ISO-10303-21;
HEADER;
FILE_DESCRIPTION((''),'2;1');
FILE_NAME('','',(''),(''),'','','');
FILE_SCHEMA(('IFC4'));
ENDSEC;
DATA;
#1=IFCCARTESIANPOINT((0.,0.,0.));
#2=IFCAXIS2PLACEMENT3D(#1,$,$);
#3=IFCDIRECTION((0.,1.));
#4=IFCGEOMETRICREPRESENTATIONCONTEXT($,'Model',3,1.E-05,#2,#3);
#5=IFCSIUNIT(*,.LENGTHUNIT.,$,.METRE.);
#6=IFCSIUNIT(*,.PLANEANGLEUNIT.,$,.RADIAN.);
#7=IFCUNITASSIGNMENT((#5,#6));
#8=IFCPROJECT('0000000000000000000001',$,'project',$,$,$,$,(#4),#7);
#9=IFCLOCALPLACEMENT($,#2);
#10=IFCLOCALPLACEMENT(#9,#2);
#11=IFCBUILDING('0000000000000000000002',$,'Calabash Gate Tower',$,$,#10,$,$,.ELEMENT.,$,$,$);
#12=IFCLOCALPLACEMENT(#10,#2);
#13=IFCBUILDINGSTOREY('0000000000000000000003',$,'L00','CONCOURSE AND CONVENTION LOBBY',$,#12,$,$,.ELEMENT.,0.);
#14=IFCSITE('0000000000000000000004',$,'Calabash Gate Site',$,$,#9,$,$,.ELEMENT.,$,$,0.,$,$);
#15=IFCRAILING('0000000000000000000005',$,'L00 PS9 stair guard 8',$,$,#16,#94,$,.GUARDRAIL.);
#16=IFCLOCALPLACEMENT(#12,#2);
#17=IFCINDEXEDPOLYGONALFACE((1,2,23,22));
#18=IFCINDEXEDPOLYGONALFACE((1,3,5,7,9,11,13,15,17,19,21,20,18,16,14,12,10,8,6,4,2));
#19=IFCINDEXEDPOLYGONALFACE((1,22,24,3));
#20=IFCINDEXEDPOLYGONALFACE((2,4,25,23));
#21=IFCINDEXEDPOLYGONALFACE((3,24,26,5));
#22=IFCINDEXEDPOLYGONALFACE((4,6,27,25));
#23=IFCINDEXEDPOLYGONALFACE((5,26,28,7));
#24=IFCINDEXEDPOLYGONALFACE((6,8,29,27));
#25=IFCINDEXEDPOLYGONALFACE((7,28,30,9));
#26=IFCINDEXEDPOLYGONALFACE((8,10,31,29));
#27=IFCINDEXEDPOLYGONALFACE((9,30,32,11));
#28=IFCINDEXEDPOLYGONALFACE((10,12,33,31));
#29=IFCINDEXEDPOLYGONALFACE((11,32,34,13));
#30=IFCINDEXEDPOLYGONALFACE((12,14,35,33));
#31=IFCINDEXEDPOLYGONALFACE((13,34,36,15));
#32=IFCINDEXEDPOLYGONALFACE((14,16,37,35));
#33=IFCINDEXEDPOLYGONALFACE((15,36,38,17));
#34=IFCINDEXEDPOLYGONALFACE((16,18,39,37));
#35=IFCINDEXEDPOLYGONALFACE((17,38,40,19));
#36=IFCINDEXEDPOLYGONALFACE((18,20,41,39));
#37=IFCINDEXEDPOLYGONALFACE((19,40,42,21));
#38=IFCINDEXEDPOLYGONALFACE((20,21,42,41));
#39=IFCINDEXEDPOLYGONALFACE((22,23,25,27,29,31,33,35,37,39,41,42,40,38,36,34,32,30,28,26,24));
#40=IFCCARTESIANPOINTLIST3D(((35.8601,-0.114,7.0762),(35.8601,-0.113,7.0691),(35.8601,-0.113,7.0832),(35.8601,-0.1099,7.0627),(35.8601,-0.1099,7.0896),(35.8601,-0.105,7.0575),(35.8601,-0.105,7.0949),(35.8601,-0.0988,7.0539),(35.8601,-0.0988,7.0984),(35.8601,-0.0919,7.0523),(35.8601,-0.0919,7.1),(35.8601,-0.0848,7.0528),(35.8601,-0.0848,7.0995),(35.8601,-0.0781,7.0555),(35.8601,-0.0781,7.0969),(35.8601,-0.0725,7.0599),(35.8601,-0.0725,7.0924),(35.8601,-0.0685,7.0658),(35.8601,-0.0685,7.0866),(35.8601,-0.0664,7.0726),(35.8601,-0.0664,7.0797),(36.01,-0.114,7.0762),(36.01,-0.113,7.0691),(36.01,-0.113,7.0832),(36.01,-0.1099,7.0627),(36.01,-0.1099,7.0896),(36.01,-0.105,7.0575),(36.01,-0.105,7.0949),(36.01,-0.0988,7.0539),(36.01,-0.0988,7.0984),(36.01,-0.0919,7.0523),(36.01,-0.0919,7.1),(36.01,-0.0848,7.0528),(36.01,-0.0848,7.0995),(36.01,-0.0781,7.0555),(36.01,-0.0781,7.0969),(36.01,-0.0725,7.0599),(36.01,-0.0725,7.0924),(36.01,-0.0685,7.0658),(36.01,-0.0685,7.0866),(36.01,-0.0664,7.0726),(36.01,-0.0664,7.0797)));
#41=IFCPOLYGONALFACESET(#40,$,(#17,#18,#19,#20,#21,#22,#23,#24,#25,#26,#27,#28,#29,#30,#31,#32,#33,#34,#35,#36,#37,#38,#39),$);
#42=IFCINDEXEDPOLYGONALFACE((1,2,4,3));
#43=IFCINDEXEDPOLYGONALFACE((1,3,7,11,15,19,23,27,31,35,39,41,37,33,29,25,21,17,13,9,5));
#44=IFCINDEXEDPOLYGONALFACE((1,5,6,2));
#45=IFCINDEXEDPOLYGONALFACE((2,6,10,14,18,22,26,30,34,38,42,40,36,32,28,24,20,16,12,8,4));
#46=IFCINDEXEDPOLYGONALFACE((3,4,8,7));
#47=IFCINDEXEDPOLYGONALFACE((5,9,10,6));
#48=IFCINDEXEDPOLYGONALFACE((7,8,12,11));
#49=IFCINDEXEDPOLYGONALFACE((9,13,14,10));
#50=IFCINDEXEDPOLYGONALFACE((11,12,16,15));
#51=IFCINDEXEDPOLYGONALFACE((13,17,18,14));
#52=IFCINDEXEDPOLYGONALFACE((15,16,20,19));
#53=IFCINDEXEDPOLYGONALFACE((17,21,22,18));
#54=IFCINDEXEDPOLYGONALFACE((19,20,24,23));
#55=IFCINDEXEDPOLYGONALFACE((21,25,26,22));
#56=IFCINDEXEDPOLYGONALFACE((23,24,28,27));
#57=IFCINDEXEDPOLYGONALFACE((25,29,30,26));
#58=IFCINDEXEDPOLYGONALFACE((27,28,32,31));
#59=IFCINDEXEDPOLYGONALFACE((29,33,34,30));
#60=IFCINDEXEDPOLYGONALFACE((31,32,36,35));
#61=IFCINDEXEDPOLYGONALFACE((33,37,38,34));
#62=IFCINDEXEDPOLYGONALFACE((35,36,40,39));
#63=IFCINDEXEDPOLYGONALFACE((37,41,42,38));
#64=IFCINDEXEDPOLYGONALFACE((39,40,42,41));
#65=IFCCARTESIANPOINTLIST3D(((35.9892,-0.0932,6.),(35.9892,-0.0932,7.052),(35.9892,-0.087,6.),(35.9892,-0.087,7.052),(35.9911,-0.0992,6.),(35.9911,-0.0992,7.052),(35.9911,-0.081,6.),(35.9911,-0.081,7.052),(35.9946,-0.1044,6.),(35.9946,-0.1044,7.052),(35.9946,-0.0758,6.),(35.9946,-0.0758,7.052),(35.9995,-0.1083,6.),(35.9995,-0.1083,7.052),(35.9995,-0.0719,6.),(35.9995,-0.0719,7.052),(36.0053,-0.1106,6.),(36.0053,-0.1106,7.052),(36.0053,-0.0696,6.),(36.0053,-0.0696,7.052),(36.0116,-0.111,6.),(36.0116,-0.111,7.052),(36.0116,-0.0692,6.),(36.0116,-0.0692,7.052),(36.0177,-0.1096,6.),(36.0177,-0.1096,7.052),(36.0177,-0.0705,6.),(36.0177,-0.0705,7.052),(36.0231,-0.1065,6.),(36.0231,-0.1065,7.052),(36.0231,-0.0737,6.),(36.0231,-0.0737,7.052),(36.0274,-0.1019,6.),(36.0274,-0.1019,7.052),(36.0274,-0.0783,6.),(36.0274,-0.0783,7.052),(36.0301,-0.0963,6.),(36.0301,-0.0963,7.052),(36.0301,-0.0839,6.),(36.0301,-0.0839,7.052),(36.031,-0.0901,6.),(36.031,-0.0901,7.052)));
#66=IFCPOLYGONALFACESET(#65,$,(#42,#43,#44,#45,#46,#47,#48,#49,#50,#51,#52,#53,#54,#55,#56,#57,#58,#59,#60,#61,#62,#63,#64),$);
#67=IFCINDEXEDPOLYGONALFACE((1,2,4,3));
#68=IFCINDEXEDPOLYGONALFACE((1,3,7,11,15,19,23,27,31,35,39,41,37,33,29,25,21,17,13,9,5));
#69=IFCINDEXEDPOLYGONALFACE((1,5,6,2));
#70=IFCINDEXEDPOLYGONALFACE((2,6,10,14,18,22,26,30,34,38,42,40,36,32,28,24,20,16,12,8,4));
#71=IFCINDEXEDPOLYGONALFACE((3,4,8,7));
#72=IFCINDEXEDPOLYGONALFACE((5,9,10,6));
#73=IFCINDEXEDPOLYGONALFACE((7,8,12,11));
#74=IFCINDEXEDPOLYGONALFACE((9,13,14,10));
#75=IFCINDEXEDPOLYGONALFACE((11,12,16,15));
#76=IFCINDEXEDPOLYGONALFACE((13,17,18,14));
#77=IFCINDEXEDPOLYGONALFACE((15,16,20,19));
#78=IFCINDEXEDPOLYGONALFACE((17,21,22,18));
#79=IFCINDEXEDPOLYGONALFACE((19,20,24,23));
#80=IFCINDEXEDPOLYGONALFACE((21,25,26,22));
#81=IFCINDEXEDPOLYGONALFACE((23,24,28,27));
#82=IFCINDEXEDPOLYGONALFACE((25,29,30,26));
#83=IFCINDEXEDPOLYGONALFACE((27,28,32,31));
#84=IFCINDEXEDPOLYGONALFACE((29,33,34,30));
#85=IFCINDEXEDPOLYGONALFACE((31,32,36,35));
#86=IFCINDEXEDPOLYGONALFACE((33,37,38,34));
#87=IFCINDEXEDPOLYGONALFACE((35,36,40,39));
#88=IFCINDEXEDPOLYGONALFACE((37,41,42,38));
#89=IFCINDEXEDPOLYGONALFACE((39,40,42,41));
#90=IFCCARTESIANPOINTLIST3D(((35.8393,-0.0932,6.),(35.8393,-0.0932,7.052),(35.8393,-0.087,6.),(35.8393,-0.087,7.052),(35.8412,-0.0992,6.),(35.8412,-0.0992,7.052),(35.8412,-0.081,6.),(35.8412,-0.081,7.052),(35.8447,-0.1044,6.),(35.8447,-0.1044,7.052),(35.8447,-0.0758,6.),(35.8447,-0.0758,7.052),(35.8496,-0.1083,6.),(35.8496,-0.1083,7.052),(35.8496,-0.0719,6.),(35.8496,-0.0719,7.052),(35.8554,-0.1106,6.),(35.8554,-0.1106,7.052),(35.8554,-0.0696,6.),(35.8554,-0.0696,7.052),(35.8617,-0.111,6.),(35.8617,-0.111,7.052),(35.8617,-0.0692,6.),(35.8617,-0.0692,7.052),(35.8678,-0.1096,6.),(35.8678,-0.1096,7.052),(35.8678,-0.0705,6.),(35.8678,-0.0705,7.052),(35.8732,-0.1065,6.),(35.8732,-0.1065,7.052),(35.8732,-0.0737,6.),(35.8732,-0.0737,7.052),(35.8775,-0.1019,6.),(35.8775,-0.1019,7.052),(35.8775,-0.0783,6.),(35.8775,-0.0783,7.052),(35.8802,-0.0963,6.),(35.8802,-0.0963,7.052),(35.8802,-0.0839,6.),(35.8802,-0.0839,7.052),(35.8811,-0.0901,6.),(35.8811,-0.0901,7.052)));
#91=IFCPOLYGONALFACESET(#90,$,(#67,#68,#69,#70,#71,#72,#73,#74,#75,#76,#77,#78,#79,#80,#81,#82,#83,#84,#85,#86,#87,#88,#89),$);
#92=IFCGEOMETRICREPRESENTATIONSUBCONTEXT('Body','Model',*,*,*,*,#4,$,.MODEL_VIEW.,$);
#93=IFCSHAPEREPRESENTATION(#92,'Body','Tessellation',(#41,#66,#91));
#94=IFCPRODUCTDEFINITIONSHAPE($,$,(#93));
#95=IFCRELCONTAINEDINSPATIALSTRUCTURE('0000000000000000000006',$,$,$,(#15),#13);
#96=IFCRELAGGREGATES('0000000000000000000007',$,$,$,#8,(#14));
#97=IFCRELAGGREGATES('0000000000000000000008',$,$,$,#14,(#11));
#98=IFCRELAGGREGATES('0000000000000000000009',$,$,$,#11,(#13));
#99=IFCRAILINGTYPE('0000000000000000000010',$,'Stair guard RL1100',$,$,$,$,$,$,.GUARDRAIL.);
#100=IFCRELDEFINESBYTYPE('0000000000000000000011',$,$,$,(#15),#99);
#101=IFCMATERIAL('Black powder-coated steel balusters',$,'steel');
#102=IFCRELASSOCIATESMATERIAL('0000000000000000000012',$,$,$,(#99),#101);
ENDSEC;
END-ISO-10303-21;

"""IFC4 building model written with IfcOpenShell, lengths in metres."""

from ifc_helpers import new_model, si_unit, direction, frame, origin, origin_2d, place, context, subcontext, project, spatial, circle, extrude, material, type_object, element, save


model = new_model("IFC4")

# Units and contexts
model_context = context("Model", 3, precision=1e-05, world=origin(), true_north=direction((0.0, 1.0)))
body_context = subcontext(model_context, "Body", "Model", "MODEL_VIEW")
ifc_project = project(units=[si_unit("LENGTHUNIT", "METRE"), si_unit("PLANEANGLEUNIT", "RADIAN")], contexts=[model_context])

# Site, building, storey
site_placement = place(None, origin())
site = spatial("IfcSite", under=ifc_project, at=site_placement, Name="Calabash Gate Site", CompositionType="ELEMENT", RefElevation=0.0)
building_placement = place(site_placement, origin())
building = spatial("IfcBuilding", under=site, at=building_placement, Name="Calabash Gate Tower", CompositionType="ELEMENT")
storey_placement = place(building_placement, origin())
storey = spatial("IfcBuildingStorey", under=building, at=storey_placement, Name="L00", Description="CONCOURSE AND CONVENTION LOBBY", CompositionType="ELEMENT", Elevation=0.0)

# Railing
ifc_material_1 = material(Name="Black powder-coated steel balusters", Category="steel")
railing_type_1 = type_object("IfcRailingType", Name="Stair guard RL1100", PredefinedType="GUARDRAIL", material=ifc_material_1)
railing_1_placement = place(storey_placement, frame((36.01, -0.0901, 6.0)))
element("IfcRailing", 1, at=railing_1_placement, inside=storey, type_object=railing_type_1, Name="L00 PS9 stair guard 8", PredefinedType="GUARDRAIL", context=body_context, shape_type="SweptSolid", body=[
    extrude(circle(Radius=0.0239, at=origin_2d()), frame((0.0, 0.0, 1.0762), z_axis=(-1.0, 0.0, 0.0), x_axis=(0.0, -1.0, 0.0)), (0.0, 0.0, 1.0), 0.1499),
    extrude(circle(Radius=0.021, at=origin_2d()), origin(), (0.0, 0.0, 1.0), 1.052),
    extrude(circle(Radius=0.021, at=origin_2d()), frame((-0.1499, 0.0, 0.0)), (0.0, 0.0, 1.0), 1.052),
])

save(model, "model.ifc")
